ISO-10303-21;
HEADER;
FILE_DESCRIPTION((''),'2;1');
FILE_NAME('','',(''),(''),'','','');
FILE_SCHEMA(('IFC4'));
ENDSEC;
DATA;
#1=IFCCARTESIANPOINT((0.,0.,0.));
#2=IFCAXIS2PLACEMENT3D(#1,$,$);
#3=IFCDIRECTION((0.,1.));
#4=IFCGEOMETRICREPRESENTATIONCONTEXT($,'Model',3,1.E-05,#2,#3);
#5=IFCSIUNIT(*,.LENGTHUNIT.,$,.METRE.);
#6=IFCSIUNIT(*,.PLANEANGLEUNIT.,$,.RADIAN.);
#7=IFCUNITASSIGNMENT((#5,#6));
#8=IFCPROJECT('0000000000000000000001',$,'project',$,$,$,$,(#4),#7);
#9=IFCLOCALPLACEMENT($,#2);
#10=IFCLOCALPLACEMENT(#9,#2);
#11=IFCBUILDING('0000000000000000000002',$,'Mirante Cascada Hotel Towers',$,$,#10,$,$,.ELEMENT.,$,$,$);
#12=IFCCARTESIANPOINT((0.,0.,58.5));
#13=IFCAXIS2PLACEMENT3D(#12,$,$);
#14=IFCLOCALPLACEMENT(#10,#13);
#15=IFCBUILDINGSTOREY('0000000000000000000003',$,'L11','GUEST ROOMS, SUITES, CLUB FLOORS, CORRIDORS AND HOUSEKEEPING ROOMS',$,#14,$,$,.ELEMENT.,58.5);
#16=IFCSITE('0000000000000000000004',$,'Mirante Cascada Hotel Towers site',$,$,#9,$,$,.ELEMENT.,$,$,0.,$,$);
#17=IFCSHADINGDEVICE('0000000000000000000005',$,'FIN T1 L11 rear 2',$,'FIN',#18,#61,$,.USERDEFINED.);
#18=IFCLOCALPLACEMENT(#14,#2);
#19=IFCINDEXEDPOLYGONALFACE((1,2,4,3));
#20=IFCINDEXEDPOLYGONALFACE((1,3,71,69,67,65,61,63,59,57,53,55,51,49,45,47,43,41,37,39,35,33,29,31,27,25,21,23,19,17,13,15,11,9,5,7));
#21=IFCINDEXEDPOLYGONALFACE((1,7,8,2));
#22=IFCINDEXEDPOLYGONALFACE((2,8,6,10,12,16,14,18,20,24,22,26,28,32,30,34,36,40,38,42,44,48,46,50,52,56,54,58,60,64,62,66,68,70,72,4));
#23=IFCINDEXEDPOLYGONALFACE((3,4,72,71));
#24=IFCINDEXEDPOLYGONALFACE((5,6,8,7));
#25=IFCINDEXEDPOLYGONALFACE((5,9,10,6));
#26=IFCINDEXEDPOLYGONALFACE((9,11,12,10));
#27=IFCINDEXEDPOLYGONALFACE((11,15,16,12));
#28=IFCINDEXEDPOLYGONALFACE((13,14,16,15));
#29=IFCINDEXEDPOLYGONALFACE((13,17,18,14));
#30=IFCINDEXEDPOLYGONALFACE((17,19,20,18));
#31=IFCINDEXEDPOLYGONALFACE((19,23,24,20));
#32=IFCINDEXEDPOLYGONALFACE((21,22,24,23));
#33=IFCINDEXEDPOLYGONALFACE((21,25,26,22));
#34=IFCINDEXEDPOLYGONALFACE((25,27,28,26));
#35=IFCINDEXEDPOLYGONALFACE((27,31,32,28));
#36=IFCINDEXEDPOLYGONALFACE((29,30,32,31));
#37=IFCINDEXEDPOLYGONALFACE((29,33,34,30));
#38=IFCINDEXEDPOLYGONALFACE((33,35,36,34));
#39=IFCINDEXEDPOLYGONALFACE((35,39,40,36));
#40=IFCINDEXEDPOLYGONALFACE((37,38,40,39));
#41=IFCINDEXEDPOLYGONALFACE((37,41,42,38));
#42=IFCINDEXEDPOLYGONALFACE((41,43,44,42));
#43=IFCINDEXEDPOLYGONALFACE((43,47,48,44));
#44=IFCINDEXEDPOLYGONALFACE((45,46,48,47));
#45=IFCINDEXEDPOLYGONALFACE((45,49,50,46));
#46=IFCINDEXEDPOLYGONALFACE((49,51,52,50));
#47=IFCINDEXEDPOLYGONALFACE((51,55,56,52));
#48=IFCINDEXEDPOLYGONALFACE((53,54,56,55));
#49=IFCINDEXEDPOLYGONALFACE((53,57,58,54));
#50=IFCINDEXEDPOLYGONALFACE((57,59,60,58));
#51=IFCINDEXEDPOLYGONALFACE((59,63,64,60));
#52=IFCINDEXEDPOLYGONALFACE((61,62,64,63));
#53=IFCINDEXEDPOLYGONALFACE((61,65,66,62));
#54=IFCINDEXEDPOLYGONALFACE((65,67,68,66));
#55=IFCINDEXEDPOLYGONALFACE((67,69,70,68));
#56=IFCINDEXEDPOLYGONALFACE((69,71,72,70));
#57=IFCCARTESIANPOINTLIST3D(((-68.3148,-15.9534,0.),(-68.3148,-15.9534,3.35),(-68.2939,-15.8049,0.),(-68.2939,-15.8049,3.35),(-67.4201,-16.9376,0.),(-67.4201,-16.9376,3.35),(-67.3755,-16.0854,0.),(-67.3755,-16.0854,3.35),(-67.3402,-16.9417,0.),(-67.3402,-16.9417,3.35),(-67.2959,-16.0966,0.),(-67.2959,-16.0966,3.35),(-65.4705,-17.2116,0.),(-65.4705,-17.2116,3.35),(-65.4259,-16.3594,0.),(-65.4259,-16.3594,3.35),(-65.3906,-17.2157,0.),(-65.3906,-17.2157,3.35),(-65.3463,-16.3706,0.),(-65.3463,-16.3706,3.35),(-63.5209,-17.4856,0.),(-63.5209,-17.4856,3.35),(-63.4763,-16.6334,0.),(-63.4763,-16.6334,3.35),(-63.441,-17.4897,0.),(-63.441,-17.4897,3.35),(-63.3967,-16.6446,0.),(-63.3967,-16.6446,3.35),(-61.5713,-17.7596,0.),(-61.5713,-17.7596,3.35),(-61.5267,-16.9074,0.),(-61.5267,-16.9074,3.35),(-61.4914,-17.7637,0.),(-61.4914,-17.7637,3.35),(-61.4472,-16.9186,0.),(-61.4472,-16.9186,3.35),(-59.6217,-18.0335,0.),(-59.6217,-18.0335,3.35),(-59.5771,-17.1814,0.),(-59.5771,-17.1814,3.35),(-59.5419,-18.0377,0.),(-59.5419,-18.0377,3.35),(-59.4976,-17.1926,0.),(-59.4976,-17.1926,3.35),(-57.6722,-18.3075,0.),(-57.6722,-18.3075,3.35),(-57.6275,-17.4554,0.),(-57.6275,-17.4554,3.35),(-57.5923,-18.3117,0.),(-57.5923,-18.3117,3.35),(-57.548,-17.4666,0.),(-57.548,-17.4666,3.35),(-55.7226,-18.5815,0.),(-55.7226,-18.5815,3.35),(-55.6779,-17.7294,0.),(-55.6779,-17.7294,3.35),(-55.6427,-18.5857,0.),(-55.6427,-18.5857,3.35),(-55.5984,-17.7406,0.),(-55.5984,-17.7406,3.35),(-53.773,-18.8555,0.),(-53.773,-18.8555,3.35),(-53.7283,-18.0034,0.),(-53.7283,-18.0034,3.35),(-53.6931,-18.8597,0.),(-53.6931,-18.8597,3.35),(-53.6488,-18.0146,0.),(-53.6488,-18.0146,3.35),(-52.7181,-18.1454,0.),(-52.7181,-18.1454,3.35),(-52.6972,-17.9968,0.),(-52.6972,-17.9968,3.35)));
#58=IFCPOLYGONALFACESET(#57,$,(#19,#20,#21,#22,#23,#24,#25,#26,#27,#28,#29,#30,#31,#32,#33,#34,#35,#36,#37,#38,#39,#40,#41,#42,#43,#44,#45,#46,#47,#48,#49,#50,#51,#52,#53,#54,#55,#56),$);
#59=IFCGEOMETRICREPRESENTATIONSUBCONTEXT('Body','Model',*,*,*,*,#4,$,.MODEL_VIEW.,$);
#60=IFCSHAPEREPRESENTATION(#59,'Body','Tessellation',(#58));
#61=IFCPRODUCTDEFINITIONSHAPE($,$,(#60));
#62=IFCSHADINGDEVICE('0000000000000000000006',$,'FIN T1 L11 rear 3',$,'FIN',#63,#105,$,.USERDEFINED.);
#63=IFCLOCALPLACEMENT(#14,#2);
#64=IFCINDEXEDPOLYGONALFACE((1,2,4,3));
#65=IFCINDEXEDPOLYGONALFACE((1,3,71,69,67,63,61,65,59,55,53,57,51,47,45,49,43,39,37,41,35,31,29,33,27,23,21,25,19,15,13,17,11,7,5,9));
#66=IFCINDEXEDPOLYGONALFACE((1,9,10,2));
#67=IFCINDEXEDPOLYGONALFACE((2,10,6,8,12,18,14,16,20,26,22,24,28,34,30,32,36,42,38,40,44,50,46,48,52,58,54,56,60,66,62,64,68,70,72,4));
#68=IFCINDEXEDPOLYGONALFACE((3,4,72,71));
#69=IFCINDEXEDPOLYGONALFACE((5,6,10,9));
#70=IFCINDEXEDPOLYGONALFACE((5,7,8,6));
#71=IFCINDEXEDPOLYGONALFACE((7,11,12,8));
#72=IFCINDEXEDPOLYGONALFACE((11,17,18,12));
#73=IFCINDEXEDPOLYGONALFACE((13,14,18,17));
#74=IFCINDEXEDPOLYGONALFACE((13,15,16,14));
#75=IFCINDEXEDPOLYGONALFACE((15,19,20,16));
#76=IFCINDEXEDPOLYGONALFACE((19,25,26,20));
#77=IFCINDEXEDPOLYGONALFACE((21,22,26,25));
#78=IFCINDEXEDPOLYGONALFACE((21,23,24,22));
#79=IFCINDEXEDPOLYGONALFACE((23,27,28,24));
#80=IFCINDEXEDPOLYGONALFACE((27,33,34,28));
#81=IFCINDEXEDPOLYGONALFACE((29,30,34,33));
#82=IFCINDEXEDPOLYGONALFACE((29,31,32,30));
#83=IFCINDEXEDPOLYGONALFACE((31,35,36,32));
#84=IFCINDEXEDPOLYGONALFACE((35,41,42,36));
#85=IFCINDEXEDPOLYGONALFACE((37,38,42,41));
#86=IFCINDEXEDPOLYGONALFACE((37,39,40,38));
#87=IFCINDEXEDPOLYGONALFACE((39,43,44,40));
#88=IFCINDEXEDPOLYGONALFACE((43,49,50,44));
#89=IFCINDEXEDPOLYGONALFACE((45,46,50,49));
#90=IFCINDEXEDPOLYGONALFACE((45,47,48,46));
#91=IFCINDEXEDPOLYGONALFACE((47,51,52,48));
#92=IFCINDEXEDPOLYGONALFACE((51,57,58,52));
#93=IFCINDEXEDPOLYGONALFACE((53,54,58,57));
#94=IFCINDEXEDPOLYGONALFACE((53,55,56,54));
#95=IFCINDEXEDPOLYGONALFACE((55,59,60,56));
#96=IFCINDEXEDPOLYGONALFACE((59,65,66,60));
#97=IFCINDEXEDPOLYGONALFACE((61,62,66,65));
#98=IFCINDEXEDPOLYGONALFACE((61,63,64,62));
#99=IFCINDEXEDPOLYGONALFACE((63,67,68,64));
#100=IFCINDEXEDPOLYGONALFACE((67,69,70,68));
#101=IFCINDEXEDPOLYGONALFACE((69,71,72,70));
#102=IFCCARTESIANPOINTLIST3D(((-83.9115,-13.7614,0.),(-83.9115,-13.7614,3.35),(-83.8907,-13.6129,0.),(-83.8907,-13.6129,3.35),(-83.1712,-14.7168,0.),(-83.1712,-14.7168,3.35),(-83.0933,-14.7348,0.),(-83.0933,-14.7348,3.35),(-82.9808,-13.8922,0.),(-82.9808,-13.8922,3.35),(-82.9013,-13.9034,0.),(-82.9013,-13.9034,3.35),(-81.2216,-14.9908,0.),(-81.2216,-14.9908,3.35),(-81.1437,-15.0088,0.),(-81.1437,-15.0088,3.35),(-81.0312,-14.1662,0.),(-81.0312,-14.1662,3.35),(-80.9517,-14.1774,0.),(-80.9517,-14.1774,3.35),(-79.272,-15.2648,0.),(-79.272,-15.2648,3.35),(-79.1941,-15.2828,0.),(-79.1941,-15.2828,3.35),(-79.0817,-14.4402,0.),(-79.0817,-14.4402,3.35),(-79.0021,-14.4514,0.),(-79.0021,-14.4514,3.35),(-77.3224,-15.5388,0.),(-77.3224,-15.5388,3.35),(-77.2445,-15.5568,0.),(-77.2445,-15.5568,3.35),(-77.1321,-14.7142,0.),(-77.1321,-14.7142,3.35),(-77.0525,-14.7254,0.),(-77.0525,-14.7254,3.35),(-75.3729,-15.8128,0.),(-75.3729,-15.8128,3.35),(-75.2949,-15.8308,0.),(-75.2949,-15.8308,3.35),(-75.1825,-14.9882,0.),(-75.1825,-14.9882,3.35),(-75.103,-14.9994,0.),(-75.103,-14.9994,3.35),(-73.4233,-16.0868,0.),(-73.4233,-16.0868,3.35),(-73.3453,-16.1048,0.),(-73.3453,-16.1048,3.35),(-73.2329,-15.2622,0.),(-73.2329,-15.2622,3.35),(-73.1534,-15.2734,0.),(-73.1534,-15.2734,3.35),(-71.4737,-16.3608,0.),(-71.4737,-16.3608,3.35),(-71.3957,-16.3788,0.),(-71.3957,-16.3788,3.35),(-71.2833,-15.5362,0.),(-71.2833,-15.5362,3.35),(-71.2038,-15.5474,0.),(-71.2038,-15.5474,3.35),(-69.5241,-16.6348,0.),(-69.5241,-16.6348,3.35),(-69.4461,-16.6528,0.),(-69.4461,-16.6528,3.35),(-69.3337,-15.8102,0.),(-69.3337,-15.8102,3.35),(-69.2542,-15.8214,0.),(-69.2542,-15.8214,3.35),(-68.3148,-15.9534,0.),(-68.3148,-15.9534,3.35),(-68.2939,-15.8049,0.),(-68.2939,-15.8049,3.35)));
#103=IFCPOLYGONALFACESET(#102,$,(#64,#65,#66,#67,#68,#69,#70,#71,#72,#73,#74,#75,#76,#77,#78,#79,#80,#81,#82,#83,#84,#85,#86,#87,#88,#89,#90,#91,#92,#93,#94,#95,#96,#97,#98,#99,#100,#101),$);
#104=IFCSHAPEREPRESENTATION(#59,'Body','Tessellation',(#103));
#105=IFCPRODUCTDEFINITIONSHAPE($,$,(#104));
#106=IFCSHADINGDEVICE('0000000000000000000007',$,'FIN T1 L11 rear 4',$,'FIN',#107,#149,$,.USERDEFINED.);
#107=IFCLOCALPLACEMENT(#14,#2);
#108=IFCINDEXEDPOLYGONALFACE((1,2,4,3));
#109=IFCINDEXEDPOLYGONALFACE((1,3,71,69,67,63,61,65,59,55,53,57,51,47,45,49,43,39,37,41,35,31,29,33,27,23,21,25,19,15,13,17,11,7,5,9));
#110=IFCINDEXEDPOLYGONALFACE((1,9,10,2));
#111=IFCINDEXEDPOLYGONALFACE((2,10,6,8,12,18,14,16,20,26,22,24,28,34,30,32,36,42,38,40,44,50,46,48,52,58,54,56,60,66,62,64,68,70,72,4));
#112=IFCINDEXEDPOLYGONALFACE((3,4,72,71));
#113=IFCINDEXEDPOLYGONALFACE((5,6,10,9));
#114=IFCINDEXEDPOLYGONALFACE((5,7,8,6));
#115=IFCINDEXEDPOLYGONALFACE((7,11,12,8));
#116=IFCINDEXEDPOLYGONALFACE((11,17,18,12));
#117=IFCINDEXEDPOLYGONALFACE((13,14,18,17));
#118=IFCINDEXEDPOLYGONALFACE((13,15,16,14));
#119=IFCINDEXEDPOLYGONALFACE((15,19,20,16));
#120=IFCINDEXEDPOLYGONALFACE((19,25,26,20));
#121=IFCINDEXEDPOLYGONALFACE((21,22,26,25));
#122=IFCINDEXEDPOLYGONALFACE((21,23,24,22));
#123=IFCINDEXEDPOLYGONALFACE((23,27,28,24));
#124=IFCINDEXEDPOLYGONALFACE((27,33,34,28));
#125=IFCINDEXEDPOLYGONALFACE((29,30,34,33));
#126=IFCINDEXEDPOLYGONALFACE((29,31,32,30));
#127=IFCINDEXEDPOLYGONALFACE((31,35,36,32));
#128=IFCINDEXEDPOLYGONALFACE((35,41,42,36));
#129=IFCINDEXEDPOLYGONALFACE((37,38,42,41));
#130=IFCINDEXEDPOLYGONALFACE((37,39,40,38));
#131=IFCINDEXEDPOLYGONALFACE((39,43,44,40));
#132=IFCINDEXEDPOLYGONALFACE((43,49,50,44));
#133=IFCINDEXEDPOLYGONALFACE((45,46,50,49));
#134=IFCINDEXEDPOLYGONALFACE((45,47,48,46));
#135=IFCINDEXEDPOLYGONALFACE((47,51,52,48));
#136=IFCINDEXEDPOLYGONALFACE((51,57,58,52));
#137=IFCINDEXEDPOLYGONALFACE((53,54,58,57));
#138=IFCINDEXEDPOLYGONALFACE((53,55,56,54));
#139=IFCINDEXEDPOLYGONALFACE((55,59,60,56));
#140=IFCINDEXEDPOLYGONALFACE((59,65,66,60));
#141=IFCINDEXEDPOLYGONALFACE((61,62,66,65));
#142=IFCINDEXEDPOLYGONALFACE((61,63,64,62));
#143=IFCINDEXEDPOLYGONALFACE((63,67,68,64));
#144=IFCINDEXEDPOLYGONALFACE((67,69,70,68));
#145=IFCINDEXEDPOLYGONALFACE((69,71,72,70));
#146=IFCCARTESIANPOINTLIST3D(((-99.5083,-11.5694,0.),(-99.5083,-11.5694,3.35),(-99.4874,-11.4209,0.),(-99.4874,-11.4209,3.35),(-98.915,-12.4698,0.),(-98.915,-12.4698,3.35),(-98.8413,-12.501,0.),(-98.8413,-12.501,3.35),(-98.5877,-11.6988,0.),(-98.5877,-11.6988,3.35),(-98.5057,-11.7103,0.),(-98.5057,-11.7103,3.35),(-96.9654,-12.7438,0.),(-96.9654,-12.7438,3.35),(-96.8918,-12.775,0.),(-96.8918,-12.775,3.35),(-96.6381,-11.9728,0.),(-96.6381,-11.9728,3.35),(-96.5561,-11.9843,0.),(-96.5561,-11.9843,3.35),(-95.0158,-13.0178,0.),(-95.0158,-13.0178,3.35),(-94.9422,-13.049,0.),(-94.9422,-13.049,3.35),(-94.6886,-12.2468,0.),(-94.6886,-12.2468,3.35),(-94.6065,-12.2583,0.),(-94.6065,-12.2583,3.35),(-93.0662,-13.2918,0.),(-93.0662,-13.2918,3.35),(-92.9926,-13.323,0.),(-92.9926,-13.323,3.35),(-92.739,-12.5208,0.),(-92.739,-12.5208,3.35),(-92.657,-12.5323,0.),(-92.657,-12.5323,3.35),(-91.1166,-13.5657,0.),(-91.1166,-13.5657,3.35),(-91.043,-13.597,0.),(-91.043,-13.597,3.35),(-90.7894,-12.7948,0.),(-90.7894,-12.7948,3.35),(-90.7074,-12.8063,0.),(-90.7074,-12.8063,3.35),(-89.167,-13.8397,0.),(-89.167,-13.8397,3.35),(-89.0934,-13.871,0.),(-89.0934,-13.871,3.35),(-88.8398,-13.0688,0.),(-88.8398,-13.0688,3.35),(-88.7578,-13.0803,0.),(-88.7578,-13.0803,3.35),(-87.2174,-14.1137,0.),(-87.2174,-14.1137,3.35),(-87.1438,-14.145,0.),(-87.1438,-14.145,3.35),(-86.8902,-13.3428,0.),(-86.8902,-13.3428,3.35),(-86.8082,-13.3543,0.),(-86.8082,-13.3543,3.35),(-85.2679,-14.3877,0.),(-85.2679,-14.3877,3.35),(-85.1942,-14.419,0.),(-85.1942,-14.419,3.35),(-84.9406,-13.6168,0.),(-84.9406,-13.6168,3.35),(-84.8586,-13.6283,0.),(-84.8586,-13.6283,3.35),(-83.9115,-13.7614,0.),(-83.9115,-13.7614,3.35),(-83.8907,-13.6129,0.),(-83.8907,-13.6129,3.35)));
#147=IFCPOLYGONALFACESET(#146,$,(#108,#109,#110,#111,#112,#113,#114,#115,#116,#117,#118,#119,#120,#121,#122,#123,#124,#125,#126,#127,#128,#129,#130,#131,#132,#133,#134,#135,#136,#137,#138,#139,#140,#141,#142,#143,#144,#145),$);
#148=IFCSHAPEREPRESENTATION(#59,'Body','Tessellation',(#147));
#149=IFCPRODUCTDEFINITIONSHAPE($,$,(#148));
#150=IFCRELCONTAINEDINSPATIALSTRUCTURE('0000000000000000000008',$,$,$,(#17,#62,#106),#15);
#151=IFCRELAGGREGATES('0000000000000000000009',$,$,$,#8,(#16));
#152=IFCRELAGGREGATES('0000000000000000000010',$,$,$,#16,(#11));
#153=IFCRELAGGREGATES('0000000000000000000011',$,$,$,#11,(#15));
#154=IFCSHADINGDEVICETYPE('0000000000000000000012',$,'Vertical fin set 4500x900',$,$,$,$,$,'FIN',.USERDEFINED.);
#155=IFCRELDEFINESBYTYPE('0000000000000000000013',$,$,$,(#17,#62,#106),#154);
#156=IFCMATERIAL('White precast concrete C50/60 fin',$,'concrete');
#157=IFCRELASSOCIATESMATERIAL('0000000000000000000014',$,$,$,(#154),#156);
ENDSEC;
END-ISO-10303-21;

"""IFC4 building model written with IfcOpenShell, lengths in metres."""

from ifc_helpers import new_model, si_unit, direction, frame, origin, place, context, subcontext, project, spatial, polyline, outline, extrude, material, type_object, element, save


model = new_model("IFC4")

# Units and contexts
model_context = context("Model", 3, precision=1e-05, world=origin(), true_north=direction((0.0, 1.0)))
body_context = subcontext(model_context, "Body", "Model", "MODEL_VIEW")
ifc_project = project(units=[si_unit("LENGTHUNIT", "METRE"), si_unit("PLANEANGLEUNIT", "RADIAN")], contexts=[model_context])

# Site, building, storey
site_placement = place(None, origin())
site = spatial("IfcSite", under=ifc_project, at=site_placement, Name="Mirante Cascada Hotel Towers site", CompositionType="ELEMENT", RefElevation=0.0)
building_placement = place(site_placement, origin())
building = spatial("IfcBuilding", under=site, at=building_placement, Name="Mirante Cascada Hotel Towers", CompositionType="ELEMENT")
storey_placement = place(building_placement, frame((0.0, 0.0, 58.5)))
storey = spatial("IfcBuildingStorey", under=building, at=storey_placement, Name="L11", Description="GUEST ROOMS, SUITES, CLUB FLOORS, CORRIDORS AND HOUSEKEEPING ROOMS", CompositionType="ELEMENT", Elevation=58.5)

# Shading devices
ifc_material_1 = material(Name="White precast concrete C50/60 fin", Category="concrete")
shading_device_type = type_object("IfcShadingDeviceType", Name="Vertical fin set 4500x900", ElementType="FIN", PredefinedType="USERDEFINED", material=ifc_material_1)
shading_device_1_placement = place(storey_placement, origin())
element("IfcShadingDevice", 1, at=shading_device_1_placement, inside=storey, type_object=shading_device_type, Name="FIN T1 L11 rear 2", ObjectType="FIN", PredefinedType="USERDEFINED", context=body_context, shape_type="SweptSolid", body=[
    extrude(outline(polyline([(-53.7283, -18.0034), (-55.5984, -17.7406), (-55.6427, -18.5857), (-55.7226, -18.5815), (-55.6779, -17.7294), (-57.548, -17.4666), (-57.5923, -18.3117), (-57.6722, -18.3075), (-57.6275, -17.4554), (-59.4976, -17.1926), (-59.5419, -18.0377), (-59.6217, -18.0335), (-59.5771, -17.1814), (-61.4472, -16.9186), (-61.4914, -17.7637), (-61.5713, -17.7596), (-61.5267, -16.9074), (-63.3967, -16.6446), (-63.441, -17.4897), (-63.5209, -17.4856), (-63.4763, -16.6334), (-65.3463, -16.3706), (-65.3906, -17.2157), (-65.4705, -17.2116), (-65.4259, -16.3594), (-67.2959, -16.0966), (-67.3402, -16.9417), (-67.4201, -16.9376), (-67.3755, -16.0854), (-68.3148, -15.9534), (-68.2939, -15.8049), (-52.6972, -17.9968), (-52.7181, -18.1454), (-53.6488, -18.0146), (-53.6931, -18.8597), (-53.773, -18.8555), (-53.7283, -18.0034)])), origin(), (0.0, 0.0, 1.0), 3.35),
])
shading_device_2_placement = place(storey_placement, origin())
element("IfcShadingDevice", 2, at=shading_device_2_placement, inside=storey, type_object=shading_device_type, Name="FIN T1 L11 rear 3", ObjectType="FIN", PredefinedType="USERDEFINED", context=body_context, shape_type="SweptSolid", body=[
    extrude(outline(polyline([(-69.3337, -15.8102), (-71.2038, -15.5474), (-71.3957, -16.3788), (-71.4737, -16.3608), (-71.2833, -15.5362), (-73.1534, -15.2734), (-73.3453, -16.1048), (-73.4233, -16.0868), (-73.2329, -15.2622), (-75.103, -14.9994), (-75.2949, -15.8308), (-75.3729, -15.8128), (-75.1825, -14.9882), (-77.0525, -14.7254), (-77.2445, -15.5568), (-77.3224, -15.5388), (-77.1321, -14.7142), (-79.0021, -14.4514), (-79.1941, -15.2828), (-79.272, -15.2648), (-79.0817, -14.4402), (-80.9517, -14.1774), (-81.1437, -15.0088), (-81.2216, -14.9908), (-81.0312, -14.1662), (-82.9013, -13.9034), (-83.0933, -14.7348), (-83.1712, -14.7168), (-82.9808, -13.8922), (-83.9115, -13.7614), (-83.8907, -13.6129), (-68.2939, -15.8049), (-68.3148, -15.9534), (-69.2542, -15.8214), (-69.4461, -16.6528), (-69.5241, -16.6348), (-69.3337, -15.8102)])), origin(), (0.0, 0.0, 1.0), 3.35),
])
shading_device_3_placement = place(storey_placement, origin())
element("IfcShadingDevice", 3, at=shading_device_3_placement, inside=storey, type_object=shading_device_type, Name="FIN T1 L11 rear 4", ObjectType="FIN", PredefinedType="USERDEFINED", context=body_context, shape_type="SweptSolid", body=[
    extrude(outline(polyline([(-84.9406, -13.6168), (-86.8082, -13.3543), (-87.1438, -14.145), (-87.2174, -14.1137), (-86.8902, -13.3428), (-88.7578, -13.0803), (-89.0934, -13.871), (-89.167, -13.8397), (-88.8398, -13.0688), (-90.7074, -12.8063), (-91.043, -13.597), (-91.1166, -13.5657), (-90.7894, -12.7948), (-92.657, -12.5323), (-92.9926, -13.323), (-93.0662, -13.2918), (-92.739, -12.5208), (-94.6065, -12.2583), (-94.9422, -13.049), (-95.0158, -13.0178), (-94.6886, -12.2468), (-96.5561, -11.9843), (-96.8918, -12.775), (-96.9654, -12.7438), (-96.6381, -11.9728), (-98.5057, -11.7103), (-98.8413, -12.501), (-98.915, -12.4698), (-98.5877, -11.6988), (-99.5083, -11.5694), (-99.4874, -11.4209), (-83.8907, -13.6129), (-83.9115, -13.7614), (-84.8586, -13.6283), (-85.1942, -14.419), (-85.2679, -14.3877), (-84.9406, -13.6168)])), origin(), (0.0, 0.0, 1.0), 3.35),
])

save(model, "model.ifc")
